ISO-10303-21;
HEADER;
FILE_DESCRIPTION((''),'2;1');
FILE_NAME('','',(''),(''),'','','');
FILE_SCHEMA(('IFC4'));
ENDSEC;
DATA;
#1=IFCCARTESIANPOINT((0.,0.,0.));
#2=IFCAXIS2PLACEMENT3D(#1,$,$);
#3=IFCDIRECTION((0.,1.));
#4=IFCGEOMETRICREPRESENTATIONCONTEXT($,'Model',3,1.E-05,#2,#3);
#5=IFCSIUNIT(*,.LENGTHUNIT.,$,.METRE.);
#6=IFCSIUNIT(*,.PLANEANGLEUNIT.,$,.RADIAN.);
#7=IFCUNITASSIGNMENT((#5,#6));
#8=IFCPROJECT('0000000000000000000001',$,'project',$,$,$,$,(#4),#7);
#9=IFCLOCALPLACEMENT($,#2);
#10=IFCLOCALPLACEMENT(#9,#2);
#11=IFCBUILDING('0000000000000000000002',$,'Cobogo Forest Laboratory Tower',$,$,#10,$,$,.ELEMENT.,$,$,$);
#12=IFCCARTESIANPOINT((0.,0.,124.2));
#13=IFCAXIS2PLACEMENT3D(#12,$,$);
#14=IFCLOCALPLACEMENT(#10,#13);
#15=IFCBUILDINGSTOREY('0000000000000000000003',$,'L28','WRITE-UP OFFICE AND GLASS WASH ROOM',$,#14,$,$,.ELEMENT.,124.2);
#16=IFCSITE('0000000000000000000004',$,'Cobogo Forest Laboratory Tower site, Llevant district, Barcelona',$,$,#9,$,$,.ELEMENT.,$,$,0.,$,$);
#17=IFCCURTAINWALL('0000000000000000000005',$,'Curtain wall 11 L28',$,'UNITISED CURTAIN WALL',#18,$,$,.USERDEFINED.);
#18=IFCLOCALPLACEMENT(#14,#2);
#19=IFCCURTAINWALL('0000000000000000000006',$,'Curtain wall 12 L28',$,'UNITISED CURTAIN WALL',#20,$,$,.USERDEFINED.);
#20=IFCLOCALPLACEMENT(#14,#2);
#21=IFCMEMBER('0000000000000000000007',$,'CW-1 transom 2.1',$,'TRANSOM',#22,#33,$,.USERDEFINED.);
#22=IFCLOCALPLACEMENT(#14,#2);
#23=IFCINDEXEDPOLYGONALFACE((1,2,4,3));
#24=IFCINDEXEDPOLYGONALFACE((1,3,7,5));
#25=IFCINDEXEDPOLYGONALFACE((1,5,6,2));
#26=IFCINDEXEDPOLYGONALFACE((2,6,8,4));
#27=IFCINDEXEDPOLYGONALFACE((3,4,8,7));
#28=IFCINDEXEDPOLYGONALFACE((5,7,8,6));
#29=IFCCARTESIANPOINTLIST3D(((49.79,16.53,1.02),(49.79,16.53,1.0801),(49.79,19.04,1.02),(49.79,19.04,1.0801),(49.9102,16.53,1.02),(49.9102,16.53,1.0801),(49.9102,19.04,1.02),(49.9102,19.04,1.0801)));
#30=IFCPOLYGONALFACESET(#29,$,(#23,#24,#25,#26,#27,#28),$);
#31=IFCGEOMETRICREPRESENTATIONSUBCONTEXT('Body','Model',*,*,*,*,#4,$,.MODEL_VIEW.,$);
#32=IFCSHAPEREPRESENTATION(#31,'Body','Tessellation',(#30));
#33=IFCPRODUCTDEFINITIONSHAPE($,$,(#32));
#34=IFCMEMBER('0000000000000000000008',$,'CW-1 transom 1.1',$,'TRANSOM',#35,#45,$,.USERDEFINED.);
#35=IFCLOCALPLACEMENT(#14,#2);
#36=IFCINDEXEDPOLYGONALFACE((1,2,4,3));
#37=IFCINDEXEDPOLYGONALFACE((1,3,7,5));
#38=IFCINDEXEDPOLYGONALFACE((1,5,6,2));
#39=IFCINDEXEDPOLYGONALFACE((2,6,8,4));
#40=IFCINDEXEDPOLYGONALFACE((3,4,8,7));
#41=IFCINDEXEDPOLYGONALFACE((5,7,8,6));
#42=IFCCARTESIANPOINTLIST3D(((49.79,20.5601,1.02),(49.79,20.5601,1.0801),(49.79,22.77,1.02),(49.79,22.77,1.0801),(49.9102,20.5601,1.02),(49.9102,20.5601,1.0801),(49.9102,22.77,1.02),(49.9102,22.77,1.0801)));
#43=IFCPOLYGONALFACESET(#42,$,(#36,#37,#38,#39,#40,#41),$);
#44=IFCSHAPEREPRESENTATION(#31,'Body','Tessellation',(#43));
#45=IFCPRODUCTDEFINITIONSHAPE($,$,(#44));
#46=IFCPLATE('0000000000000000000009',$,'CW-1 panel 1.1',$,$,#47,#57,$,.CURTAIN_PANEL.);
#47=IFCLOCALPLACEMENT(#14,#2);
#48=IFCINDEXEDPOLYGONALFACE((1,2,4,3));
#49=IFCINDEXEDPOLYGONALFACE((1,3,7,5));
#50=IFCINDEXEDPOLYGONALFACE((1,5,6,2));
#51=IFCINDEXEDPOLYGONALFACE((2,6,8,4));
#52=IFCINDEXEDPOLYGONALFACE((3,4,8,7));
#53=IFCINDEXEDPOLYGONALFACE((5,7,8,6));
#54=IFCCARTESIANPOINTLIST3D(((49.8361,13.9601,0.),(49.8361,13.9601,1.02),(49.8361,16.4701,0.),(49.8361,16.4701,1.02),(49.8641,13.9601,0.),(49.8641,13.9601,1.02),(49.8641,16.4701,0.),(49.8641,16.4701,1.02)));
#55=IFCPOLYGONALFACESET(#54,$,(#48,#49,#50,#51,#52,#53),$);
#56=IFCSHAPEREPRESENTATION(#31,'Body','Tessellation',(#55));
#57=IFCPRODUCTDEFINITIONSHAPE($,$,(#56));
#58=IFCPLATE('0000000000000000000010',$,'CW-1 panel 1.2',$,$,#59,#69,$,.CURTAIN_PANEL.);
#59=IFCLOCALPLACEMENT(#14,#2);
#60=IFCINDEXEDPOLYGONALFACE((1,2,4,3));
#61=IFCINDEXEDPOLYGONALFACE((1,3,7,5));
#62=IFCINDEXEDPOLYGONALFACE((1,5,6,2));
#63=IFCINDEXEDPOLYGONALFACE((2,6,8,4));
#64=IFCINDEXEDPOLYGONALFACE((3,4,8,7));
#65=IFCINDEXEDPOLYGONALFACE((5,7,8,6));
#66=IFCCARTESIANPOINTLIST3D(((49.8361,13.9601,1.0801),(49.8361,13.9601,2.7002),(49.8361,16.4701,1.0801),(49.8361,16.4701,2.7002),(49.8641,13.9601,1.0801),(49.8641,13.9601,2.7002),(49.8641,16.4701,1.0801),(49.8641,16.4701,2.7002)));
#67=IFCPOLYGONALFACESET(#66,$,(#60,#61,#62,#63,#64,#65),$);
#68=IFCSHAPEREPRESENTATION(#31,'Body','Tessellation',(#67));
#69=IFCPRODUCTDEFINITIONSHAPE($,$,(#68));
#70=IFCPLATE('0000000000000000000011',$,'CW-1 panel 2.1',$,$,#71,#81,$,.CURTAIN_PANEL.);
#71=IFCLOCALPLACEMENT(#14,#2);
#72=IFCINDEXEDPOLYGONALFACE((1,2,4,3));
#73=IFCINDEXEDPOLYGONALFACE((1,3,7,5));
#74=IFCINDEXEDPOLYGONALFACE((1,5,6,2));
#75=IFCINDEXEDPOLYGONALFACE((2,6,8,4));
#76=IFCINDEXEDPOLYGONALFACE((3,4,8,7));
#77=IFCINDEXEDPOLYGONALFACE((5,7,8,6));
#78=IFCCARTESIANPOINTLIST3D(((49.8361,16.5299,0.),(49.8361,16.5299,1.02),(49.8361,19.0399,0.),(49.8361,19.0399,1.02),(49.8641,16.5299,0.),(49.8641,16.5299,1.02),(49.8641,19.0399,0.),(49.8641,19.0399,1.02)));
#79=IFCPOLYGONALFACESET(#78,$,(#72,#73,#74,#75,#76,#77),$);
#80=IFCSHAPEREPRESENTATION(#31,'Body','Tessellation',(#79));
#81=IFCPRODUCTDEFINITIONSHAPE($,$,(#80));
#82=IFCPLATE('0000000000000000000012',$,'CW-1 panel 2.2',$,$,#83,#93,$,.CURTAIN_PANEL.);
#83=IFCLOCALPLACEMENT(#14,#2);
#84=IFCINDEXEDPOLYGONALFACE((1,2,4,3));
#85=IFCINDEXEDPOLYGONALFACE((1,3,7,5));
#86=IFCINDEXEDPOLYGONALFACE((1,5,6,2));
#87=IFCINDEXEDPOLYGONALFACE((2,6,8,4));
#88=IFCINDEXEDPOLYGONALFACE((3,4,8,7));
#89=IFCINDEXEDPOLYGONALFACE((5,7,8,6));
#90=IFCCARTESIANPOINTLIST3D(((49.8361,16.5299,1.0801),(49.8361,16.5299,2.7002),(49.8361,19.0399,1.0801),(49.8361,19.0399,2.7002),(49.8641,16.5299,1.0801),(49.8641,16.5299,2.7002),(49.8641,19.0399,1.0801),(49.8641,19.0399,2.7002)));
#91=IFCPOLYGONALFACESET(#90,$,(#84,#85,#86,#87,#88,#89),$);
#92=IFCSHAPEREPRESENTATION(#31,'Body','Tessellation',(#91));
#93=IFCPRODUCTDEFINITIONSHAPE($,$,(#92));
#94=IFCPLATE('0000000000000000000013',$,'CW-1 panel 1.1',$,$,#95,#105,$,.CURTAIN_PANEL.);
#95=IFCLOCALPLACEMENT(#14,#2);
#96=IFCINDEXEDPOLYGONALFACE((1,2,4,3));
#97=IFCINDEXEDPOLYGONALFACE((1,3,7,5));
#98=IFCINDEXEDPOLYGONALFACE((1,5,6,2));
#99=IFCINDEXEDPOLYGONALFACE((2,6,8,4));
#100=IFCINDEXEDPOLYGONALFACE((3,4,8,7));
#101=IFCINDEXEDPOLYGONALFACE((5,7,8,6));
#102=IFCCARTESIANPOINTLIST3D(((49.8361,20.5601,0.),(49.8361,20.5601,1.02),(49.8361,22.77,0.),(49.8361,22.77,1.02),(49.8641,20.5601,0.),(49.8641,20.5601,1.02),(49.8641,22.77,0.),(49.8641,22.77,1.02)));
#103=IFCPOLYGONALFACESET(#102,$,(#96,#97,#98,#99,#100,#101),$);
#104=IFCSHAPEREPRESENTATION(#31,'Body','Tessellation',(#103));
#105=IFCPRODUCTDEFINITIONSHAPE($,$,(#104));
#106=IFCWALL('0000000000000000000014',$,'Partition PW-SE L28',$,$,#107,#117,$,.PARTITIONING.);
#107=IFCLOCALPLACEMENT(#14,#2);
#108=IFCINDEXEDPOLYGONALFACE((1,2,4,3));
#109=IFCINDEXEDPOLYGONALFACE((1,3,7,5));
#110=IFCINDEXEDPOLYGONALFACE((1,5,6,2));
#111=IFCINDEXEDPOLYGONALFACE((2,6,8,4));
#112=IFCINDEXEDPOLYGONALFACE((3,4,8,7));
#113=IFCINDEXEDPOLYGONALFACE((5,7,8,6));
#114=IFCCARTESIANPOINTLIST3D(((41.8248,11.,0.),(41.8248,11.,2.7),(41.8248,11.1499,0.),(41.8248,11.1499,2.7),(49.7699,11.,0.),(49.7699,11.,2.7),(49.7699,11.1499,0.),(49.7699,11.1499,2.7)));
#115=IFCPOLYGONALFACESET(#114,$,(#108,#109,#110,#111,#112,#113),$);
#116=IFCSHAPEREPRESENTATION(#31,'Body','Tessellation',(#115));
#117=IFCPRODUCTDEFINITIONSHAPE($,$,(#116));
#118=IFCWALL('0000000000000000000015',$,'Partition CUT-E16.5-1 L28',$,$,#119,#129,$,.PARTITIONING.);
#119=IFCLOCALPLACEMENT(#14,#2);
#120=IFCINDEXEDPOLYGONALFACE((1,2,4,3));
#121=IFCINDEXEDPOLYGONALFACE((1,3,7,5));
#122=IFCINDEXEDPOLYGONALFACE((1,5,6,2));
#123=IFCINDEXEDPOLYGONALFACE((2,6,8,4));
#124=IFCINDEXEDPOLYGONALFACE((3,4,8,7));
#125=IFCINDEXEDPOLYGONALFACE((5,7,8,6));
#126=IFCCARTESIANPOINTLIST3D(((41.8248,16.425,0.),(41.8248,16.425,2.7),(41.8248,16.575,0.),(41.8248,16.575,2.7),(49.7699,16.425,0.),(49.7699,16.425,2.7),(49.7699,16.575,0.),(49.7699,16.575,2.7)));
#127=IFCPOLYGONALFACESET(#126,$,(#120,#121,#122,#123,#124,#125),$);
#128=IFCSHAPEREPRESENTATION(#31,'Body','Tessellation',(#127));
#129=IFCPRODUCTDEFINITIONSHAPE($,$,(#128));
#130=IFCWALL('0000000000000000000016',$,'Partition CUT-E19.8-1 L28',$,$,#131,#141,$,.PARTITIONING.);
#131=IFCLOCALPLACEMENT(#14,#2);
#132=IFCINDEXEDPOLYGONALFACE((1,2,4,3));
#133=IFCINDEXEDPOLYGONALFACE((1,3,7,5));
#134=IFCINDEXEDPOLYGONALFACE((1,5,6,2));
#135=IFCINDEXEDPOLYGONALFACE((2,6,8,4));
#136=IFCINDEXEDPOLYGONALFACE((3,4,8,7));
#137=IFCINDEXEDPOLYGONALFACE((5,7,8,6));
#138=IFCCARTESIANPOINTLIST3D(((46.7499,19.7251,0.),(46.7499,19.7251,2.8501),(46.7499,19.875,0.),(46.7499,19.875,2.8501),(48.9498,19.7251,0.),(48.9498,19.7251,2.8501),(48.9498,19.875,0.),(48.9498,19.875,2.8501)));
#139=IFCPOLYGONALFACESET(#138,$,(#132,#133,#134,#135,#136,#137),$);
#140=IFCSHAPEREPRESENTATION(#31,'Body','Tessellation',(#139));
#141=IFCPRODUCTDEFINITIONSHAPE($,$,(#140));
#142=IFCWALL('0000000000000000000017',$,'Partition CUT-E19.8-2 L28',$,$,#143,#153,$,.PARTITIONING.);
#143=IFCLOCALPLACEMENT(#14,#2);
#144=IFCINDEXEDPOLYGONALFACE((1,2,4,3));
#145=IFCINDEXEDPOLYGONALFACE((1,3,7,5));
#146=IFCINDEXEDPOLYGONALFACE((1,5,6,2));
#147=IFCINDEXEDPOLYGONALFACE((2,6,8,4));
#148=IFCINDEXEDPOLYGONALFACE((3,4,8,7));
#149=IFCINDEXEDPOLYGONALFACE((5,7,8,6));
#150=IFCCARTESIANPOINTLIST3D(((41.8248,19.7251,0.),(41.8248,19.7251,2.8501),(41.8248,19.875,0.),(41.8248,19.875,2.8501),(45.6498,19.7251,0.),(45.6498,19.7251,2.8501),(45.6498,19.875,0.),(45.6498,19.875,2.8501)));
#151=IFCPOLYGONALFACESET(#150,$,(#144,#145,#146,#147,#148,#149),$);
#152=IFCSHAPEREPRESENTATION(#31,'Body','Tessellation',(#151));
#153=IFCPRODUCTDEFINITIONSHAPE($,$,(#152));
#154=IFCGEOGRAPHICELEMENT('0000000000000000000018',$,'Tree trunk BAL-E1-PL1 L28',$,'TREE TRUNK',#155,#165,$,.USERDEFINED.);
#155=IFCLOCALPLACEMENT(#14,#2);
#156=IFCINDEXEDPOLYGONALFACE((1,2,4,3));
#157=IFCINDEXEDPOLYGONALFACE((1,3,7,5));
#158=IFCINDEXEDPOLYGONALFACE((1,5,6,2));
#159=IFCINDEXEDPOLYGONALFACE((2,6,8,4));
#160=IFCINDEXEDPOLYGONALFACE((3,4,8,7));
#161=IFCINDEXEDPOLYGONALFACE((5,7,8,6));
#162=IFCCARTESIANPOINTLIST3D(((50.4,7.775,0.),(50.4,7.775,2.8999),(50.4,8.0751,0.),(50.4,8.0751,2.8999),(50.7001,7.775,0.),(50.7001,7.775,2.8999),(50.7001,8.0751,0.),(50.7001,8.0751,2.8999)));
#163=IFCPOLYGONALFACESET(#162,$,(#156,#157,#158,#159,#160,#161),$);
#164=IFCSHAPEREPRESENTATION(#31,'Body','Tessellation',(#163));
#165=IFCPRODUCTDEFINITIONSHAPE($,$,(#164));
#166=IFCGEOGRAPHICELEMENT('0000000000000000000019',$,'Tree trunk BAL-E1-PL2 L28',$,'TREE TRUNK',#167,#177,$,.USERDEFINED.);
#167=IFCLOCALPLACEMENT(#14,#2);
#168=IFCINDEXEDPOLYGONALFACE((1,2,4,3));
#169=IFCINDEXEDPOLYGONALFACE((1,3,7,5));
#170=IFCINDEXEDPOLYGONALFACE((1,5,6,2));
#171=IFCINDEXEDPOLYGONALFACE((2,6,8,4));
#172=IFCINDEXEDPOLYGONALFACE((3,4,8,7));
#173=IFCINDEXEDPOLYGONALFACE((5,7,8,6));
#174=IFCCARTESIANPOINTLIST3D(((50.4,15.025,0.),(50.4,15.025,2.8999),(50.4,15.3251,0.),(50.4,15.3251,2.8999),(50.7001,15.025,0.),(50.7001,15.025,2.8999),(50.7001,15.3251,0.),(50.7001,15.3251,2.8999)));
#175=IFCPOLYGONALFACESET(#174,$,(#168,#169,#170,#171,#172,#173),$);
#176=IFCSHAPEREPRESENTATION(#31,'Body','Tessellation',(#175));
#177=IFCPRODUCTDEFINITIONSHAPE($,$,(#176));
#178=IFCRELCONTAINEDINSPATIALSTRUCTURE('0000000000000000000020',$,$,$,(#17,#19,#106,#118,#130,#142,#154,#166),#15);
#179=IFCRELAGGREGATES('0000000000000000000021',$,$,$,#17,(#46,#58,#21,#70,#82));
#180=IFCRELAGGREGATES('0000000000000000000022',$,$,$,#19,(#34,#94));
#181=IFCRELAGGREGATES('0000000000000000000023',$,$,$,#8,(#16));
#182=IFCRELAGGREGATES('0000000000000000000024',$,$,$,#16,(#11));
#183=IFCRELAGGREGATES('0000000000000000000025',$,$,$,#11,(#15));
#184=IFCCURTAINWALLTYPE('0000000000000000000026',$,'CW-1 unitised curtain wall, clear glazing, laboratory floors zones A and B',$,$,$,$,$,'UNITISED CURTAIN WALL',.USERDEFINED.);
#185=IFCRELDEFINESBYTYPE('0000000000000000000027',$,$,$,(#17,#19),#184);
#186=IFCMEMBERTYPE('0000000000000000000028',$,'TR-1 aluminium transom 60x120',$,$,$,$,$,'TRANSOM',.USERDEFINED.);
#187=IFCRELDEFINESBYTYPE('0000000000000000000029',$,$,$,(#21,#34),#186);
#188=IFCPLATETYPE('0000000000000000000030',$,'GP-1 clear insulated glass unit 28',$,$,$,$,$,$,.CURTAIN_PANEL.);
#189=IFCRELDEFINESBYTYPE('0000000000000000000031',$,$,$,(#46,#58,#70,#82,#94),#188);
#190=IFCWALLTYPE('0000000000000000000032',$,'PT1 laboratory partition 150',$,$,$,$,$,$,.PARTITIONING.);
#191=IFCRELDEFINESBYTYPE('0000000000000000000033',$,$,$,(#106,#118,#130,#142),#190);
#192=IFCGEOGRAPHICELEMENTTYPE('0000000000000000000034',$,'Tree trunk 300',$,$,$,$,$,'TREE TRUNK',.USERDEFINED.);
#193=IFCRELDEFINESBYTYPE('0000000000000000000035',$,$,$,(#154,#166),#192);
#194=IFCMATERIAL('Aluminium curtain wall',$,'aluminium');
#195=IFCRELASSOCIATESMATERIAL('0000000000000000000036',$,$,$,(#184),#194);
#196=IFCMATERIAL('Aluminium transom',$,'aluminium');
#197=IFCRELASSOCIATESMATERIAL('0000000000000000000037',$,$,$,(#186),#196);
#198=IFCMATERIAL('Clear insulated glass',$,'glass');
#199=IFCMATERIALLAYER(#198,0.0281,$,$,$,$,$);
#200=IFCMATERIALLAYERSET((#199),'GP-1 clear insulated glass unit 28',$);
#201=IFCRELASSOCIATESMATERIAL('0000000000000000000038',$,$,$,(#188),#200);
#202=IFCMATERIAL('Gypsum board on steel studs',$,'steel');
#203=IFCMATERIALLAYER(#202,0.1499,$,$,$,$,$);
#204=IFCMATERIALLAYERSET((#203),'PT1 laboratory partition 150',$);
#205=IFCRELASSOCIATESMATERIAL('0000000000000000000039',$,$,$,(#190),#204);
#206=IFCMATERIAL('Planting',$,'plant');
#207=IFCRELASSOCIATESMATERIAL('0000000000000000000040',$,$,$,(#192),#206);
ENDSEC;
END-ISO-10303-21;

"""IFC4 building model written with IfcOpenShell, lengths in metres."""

from ifc_helpers import new_model, si_unit, direction, frame, frame_2d, origin, origin_2d, place, context, subcontext, project, spatial, rectangle, extrude, material, layer, layer_set, material_profile, profile_set, type_object, element, aggregate, save


model = new_model("IFC4")

# Units and contexts
model_context = context("Model", 3, precision=1e-05, world=origin(), true_north=direction((0.0, 1.0)))
body_context = subcontext(model_context, "Body", "Model", "MODEL_VIEW")
ifc_project = project(units=[si_unit("LENGTHUNIT", "METRE"), si_unit("PLANEANGLEUNIT", "RADIAN")], contexts=[model_context])

# Site, building, storey
site_placement = place(None, origin())
site = spatial("IfcSite", under=ifc_project, at=site_placement, Name="Cobogo Forest Laboratory Tower site, Llevant district, Barcelona", CompositionType="ELEMENT", RefElevation=0.0)
building_placement = place(site_placement, origin())
building = spatial("IfcBuilding", under=site, at=building_placement, Name="Cobogo Forest Laboratory Tower", CompositionType="ELEMENT")
storey_placement = place(building_placement, frame((0.0, 0.0, 124.2)))
storey = spatial("IfcBuildingStorey", under=building, at=storey_placement, Name="L28", Description="WRITE-UP OFFICE AND GLASS WASH ROOM", CompositionType="ELEMENT", Elevation=124.2)

# Curtain wall
ifc_material_1 = material(Name="Aluminium curtain wall", Category="aluminium")
curtain_wall_type = type_object("IfcCurtainWallType", Name="CW-1 unitised curtain wall, clear glazing, laboratory floors zones A and B", ElementType="UNITISED CURTAIN WALL", PredefinedType="USERDEFINED", material=ifc_material_1)
curtain_wall_1_placement = place(storey_placement, origin())
curtain_wall_1 = element("IfcCurtainWall", 1, at=curtain_wall_1_placement, inside=storey, type_object=curtain_wall_type, Name="Curtain wall 11 L28", ObjectType="UNITISED CURTAIN WALL", PredefinedType="USERDEFINED")

# Curtain wall
curtain_wall_2_placement = place(storey_placement, origin())
curtain_wall_2 = element("IfcCurtainWall", 2, at=curtain_wall_2_placement, inside=storey, type_object=curtain_wall_type, Name="Curtain wall 12 L28", ObjectType="UNITISED CURTAIN WALL", PredefinedType="USERDEFINED")

# Members
ifc_material_2 = material(Name="Aluminium transom", Category="aluminium")
ifc_material_profile_1 = material_profile(ifc_material_2, rectangle(XDim=0.1201, YDim=0.0601, at=origin_2d()), Name="AL 60x120")
ifc_profile_set_1 = profile_set([ifc_material_profile_1], Name="Aluminium transom")
member_type_1 = type_object("IfcMemberType", Name="TR-1 aluminium transom 60x120", ElementType="TRANSOM", PredefinedType="USERDEFINED", material=ifc_profile_set_1)
member_1_placement = place(storey_placement, frame((49.8501, 16.53, 1.05), z_axis=(0.0, 1.0, 0.0), x_axis=(-1.0, 0.0, 0.0)))
member_1 = element("IfcMember", 3, at=member_1_placement, type_object=member_type_1, Name="CW-1 transom 2.1", ObjectType="TRANSOM", PredefinedType="USERDEFINED", context=body_context, shape_type="SweptSolid", body=[
    extrude(rectangle(XDim=0.1201, YDim=0.0601, at=origin_2d()), origin(), (0.0, 0.0, 1.0), 2.51),
])
member_2_placement = place(storey_placement, frame((49.8501, 20.5601, 1.05), z_axis=(0.0, 1.0, 0.0), x_axis=(-1.0, 0.0, 0.0)))
member_2 = element("IfcMember", 4, at=member_2_placement, type_object=member_type_1, Name="CW-1 transom 1.1", ObjectType="TRANSOM", PredefinedType="USERDEFINED", context=body_context, shape_type="SweptSolid", body=[
    extrude(rectangle(XDim=0.1201, YDim=0.0601, at=origin_2d()), origin(), (0.0, 0.0, 1.0), 2.21),
])

# Plates
ifc_material_3 = material(Name="Clear insulated glass", Category="glass")
ifc_layer_1 = layer(ifc_material_3, 0.0281)
ifc_layer_set_1 = layer_set([ifc_layer_1], Name="GP-1 clear insulated glass unit 28")
plate_type_1 = type_object("IfcPlateType", Name="GP-1 clear insulated glass unit 28", PredefinedType="CURTAIN_PANEL", material=ifc_layer_set_1)
plate_1_placement = place(storey_placement, frame((49.8501, 15.2151, 0.0), z_axis=(0.0, 0.0, 1.0), x_axis=(0.0, 1.0, 0.0)))
plate_1 = element("IfcPlate", 5, at=plate_1_placement, type_object=plate_type_1, Name="CW-1 panel 1.1", PredefinedType="CURTAIN_PANEL", context=body_context, shape_type="SweptSolid", body=[
    extrude(rectangle(XDim=2.51, YDim=0.0281, at=origin_2d()), origin(), (0.0, 0.0, 1.0), 1.02),
])
plate_2_placement = place(storey_placement, frame((49.8501, 15.2151, 1.0801), z_axis=(0.0, 0.0, 1.0), x_axis=(0.0, 1.0, 0.0)))
plate_2 = element("IfcPlate", 6, at=plate_2_placement, type_object=plate_type_1, Name="CW-1 panel 1.2", PredefinedType="CURTAIN_PANEL", context=body_context, shape_type="SweptSolid", body=[
    extrude(rectangle(XDim=2.51, YDim=0.0281, at=origin_2d()), origin(), (0.0, 0.0, 1.0), 1.6201),
])
plate_3_placement = place(storey_placement, frame((49.8501, 17.7849, 0.0), z_axis=(0.0, 0.0, 1.0), x_axis=(0.0, 1.0, 0.0)))
plate_3 = element("IfcPlate", 7, at=plate_3_placement, type_object=plate_type_1, Name="CW-1 panel 2.1", PredefinedType="CURTAIN_PANEL", context=body_context, shape_type="SweptSolid", body=[
    extrude(rectangle(XDim=2.51, YDim=0.0281, at=origin_2d()), origin(), (0.0, 0.0, 1.0), 1.02),
])
plate_4_placement = place(storey_placement, frame((49.8501, 17.7849, 1.0801), z_axis=(0.0, 0.0, 1.0), x_axis=(0.0, 1.0, 0.0)))
plate_4 = element("IfcPlate", 8, at=plate_4_placement, type_object=plate_type_1, Name="CW-1 panel 2.2", PredefinedType="CURTAIN_PANEL", context=body_context, shape_type="SweptSolid", body=[
    extrude(rectangle(XDim=2.51, YDim=0.0281, at=origin_2d()), origin(), (0.0, 0.0, 1.0), 1.6201),
])
aggregate(curtain_wall_1, [plate_1, plate_2, member_1, plate_3, plate_4])
plate_5_placement = place(storey_placement, frame((49.8501, 21.665, 0.0), z_axis=(0.0, 0.0, 1.0), x_axis=(0.0, 1.0, 0.0)))
plate_5 = element("IfcPlate", 9, at=plate_5_placement, type_object=plate_type_1, Name="CW-1 panel 1.1", PredefinedType="CURTAIN_PANEL", context=body_context, shape_type="SweptSolid", body=[
    extrude(rectangle(XDim=2.21, YDim=0.0281, at=origin_2d()), origin(), (0.0, 0.0, 1.0), 1.02),
])
aggregate(curtain_wall_2, [member_2, plate_5])

# Walls
ifc_material_4 = material(Name="Gypsum board on steel studs", Category="steel")
ifc_layer_2 = layer(ifc_material_4, 0.1499)
ifc_layer_set_2 = layer_set([ifc_layer_2], Name="PT1 laboratory partition 150")
wall_type_1 = type_object("IfcWallType", Name="PT1 laboratory partition 150", PredefinedType="PARTITIONING", material=ifc_layer_set_2)
for number, where, z_axis, x_axis, name in (
    (10, (49.77, 11.075, 0.0), (0.0, 0.0, 1.0), (-1.0, 0.0, 0.0), "Partition PW-SE L28"),
    (11, (49.77, 16.5, 0.0), (0.0, 0.0, 1.0), (-1.0, 0.0, 0.0), "Partition CUT-E16.5-1 L28"),
):
    element("IfcWall", number, at=place(storey_placement, frame(where, z_axis=z_axis, x_axis=x_axis)), inside=storey, type_object=wall_type_1, Name=name, PredefinedType="PARTITIONING", context=body_context, shape_type="SweptSolid", body=[
        extrude(rectangle(XDim=7.9451, YDim=0.1499, at=frame_2d((3.9727, 0.0))), origin(), (0.0, 0.0, 1.0), 2.7),
    ])
wall_1_placement = place(storey_placement, frame((48.95, 19.8, 0.0), z_axis=(0.0, 0.0, 1.0), x_axis=(-1.0, 0.0, 0.0)))
element("IfcWall", 12, at=wall_1_placement, inside=storey, type_object=wall_type_1, Name="Partition CUT-E19.8-1 L28", PredefinedType="PARTITIONING", context=body_context, shape_type="SweptSolid", body=[
    extrude(rectangle(XDim=2.2, YDim=0.1499, at=frame_2d((1.1001, 0.0))), origin(), (0.0, 0.0, 1.0), 2.8501),
])
wall_2_placement = place(storey_placement, frame((45.6499, 19.8, 0.0), z_axis=(0.0, 0.0, 1.0), x_axis=(-1.0, 0.0, 0.0)))
element("IfcWall", 13, at=wall_2_placement, inside=storey, type_object=wall_type_1, Name="Partition CUT-E19.8-2 L28", PredefinedType="PARTITIONING", context=body_context, shape_type="SweptSolid", body=[
    extrude(rectangle(XDim=3.825, YDim=0.1499, at=frame_2d((1.9126, 0.0))), origin(), (0.0, 0.0, 1.0), 2.8501),
])

# Geographic elements
ifc_material_5 = material(Name="Planting", Category="plant")
geographic_element_type = type_object("IfcGeographicElementType", Name="Tree trunk 300", ElementType="TREE TRUNK", PredefinedType="USERDEFINED", material=ifc_material_5)
for number, where, z_axis, x_axis, name in (
    (14, (50.55, 7.925, 0.0), (0.0, 0.0, 1.0), (1.0, 0.0, 0.0), "Tree trunk BAL-E1-PL1 L28"),
    (15, (50.55, 15.175, 0.0), (0.0, 0.0, 1.0), (1.0, 0.0, 0.0), "Tree trunk BAL-E1-PL2 L28"),
):
    element("IfcGeographicElement", number, at=place(storey_placement, frame(where, z_axis=z_axis, x_axis=x_axis)), inside=storey, type_object=geographic_element_type, Name=name, ObjectType="TREE TRUNK", PredefinedType="USERDEFINED", context=body_context, shape_type="SweptSolid", body=[
        extrude(rectangle(XDim=0.3, YDim=0.3, at=origin_2d()), origin(), (0.0, 0.0, 1.0), 2.8999),
    ])

save(model, "model.ifc")
